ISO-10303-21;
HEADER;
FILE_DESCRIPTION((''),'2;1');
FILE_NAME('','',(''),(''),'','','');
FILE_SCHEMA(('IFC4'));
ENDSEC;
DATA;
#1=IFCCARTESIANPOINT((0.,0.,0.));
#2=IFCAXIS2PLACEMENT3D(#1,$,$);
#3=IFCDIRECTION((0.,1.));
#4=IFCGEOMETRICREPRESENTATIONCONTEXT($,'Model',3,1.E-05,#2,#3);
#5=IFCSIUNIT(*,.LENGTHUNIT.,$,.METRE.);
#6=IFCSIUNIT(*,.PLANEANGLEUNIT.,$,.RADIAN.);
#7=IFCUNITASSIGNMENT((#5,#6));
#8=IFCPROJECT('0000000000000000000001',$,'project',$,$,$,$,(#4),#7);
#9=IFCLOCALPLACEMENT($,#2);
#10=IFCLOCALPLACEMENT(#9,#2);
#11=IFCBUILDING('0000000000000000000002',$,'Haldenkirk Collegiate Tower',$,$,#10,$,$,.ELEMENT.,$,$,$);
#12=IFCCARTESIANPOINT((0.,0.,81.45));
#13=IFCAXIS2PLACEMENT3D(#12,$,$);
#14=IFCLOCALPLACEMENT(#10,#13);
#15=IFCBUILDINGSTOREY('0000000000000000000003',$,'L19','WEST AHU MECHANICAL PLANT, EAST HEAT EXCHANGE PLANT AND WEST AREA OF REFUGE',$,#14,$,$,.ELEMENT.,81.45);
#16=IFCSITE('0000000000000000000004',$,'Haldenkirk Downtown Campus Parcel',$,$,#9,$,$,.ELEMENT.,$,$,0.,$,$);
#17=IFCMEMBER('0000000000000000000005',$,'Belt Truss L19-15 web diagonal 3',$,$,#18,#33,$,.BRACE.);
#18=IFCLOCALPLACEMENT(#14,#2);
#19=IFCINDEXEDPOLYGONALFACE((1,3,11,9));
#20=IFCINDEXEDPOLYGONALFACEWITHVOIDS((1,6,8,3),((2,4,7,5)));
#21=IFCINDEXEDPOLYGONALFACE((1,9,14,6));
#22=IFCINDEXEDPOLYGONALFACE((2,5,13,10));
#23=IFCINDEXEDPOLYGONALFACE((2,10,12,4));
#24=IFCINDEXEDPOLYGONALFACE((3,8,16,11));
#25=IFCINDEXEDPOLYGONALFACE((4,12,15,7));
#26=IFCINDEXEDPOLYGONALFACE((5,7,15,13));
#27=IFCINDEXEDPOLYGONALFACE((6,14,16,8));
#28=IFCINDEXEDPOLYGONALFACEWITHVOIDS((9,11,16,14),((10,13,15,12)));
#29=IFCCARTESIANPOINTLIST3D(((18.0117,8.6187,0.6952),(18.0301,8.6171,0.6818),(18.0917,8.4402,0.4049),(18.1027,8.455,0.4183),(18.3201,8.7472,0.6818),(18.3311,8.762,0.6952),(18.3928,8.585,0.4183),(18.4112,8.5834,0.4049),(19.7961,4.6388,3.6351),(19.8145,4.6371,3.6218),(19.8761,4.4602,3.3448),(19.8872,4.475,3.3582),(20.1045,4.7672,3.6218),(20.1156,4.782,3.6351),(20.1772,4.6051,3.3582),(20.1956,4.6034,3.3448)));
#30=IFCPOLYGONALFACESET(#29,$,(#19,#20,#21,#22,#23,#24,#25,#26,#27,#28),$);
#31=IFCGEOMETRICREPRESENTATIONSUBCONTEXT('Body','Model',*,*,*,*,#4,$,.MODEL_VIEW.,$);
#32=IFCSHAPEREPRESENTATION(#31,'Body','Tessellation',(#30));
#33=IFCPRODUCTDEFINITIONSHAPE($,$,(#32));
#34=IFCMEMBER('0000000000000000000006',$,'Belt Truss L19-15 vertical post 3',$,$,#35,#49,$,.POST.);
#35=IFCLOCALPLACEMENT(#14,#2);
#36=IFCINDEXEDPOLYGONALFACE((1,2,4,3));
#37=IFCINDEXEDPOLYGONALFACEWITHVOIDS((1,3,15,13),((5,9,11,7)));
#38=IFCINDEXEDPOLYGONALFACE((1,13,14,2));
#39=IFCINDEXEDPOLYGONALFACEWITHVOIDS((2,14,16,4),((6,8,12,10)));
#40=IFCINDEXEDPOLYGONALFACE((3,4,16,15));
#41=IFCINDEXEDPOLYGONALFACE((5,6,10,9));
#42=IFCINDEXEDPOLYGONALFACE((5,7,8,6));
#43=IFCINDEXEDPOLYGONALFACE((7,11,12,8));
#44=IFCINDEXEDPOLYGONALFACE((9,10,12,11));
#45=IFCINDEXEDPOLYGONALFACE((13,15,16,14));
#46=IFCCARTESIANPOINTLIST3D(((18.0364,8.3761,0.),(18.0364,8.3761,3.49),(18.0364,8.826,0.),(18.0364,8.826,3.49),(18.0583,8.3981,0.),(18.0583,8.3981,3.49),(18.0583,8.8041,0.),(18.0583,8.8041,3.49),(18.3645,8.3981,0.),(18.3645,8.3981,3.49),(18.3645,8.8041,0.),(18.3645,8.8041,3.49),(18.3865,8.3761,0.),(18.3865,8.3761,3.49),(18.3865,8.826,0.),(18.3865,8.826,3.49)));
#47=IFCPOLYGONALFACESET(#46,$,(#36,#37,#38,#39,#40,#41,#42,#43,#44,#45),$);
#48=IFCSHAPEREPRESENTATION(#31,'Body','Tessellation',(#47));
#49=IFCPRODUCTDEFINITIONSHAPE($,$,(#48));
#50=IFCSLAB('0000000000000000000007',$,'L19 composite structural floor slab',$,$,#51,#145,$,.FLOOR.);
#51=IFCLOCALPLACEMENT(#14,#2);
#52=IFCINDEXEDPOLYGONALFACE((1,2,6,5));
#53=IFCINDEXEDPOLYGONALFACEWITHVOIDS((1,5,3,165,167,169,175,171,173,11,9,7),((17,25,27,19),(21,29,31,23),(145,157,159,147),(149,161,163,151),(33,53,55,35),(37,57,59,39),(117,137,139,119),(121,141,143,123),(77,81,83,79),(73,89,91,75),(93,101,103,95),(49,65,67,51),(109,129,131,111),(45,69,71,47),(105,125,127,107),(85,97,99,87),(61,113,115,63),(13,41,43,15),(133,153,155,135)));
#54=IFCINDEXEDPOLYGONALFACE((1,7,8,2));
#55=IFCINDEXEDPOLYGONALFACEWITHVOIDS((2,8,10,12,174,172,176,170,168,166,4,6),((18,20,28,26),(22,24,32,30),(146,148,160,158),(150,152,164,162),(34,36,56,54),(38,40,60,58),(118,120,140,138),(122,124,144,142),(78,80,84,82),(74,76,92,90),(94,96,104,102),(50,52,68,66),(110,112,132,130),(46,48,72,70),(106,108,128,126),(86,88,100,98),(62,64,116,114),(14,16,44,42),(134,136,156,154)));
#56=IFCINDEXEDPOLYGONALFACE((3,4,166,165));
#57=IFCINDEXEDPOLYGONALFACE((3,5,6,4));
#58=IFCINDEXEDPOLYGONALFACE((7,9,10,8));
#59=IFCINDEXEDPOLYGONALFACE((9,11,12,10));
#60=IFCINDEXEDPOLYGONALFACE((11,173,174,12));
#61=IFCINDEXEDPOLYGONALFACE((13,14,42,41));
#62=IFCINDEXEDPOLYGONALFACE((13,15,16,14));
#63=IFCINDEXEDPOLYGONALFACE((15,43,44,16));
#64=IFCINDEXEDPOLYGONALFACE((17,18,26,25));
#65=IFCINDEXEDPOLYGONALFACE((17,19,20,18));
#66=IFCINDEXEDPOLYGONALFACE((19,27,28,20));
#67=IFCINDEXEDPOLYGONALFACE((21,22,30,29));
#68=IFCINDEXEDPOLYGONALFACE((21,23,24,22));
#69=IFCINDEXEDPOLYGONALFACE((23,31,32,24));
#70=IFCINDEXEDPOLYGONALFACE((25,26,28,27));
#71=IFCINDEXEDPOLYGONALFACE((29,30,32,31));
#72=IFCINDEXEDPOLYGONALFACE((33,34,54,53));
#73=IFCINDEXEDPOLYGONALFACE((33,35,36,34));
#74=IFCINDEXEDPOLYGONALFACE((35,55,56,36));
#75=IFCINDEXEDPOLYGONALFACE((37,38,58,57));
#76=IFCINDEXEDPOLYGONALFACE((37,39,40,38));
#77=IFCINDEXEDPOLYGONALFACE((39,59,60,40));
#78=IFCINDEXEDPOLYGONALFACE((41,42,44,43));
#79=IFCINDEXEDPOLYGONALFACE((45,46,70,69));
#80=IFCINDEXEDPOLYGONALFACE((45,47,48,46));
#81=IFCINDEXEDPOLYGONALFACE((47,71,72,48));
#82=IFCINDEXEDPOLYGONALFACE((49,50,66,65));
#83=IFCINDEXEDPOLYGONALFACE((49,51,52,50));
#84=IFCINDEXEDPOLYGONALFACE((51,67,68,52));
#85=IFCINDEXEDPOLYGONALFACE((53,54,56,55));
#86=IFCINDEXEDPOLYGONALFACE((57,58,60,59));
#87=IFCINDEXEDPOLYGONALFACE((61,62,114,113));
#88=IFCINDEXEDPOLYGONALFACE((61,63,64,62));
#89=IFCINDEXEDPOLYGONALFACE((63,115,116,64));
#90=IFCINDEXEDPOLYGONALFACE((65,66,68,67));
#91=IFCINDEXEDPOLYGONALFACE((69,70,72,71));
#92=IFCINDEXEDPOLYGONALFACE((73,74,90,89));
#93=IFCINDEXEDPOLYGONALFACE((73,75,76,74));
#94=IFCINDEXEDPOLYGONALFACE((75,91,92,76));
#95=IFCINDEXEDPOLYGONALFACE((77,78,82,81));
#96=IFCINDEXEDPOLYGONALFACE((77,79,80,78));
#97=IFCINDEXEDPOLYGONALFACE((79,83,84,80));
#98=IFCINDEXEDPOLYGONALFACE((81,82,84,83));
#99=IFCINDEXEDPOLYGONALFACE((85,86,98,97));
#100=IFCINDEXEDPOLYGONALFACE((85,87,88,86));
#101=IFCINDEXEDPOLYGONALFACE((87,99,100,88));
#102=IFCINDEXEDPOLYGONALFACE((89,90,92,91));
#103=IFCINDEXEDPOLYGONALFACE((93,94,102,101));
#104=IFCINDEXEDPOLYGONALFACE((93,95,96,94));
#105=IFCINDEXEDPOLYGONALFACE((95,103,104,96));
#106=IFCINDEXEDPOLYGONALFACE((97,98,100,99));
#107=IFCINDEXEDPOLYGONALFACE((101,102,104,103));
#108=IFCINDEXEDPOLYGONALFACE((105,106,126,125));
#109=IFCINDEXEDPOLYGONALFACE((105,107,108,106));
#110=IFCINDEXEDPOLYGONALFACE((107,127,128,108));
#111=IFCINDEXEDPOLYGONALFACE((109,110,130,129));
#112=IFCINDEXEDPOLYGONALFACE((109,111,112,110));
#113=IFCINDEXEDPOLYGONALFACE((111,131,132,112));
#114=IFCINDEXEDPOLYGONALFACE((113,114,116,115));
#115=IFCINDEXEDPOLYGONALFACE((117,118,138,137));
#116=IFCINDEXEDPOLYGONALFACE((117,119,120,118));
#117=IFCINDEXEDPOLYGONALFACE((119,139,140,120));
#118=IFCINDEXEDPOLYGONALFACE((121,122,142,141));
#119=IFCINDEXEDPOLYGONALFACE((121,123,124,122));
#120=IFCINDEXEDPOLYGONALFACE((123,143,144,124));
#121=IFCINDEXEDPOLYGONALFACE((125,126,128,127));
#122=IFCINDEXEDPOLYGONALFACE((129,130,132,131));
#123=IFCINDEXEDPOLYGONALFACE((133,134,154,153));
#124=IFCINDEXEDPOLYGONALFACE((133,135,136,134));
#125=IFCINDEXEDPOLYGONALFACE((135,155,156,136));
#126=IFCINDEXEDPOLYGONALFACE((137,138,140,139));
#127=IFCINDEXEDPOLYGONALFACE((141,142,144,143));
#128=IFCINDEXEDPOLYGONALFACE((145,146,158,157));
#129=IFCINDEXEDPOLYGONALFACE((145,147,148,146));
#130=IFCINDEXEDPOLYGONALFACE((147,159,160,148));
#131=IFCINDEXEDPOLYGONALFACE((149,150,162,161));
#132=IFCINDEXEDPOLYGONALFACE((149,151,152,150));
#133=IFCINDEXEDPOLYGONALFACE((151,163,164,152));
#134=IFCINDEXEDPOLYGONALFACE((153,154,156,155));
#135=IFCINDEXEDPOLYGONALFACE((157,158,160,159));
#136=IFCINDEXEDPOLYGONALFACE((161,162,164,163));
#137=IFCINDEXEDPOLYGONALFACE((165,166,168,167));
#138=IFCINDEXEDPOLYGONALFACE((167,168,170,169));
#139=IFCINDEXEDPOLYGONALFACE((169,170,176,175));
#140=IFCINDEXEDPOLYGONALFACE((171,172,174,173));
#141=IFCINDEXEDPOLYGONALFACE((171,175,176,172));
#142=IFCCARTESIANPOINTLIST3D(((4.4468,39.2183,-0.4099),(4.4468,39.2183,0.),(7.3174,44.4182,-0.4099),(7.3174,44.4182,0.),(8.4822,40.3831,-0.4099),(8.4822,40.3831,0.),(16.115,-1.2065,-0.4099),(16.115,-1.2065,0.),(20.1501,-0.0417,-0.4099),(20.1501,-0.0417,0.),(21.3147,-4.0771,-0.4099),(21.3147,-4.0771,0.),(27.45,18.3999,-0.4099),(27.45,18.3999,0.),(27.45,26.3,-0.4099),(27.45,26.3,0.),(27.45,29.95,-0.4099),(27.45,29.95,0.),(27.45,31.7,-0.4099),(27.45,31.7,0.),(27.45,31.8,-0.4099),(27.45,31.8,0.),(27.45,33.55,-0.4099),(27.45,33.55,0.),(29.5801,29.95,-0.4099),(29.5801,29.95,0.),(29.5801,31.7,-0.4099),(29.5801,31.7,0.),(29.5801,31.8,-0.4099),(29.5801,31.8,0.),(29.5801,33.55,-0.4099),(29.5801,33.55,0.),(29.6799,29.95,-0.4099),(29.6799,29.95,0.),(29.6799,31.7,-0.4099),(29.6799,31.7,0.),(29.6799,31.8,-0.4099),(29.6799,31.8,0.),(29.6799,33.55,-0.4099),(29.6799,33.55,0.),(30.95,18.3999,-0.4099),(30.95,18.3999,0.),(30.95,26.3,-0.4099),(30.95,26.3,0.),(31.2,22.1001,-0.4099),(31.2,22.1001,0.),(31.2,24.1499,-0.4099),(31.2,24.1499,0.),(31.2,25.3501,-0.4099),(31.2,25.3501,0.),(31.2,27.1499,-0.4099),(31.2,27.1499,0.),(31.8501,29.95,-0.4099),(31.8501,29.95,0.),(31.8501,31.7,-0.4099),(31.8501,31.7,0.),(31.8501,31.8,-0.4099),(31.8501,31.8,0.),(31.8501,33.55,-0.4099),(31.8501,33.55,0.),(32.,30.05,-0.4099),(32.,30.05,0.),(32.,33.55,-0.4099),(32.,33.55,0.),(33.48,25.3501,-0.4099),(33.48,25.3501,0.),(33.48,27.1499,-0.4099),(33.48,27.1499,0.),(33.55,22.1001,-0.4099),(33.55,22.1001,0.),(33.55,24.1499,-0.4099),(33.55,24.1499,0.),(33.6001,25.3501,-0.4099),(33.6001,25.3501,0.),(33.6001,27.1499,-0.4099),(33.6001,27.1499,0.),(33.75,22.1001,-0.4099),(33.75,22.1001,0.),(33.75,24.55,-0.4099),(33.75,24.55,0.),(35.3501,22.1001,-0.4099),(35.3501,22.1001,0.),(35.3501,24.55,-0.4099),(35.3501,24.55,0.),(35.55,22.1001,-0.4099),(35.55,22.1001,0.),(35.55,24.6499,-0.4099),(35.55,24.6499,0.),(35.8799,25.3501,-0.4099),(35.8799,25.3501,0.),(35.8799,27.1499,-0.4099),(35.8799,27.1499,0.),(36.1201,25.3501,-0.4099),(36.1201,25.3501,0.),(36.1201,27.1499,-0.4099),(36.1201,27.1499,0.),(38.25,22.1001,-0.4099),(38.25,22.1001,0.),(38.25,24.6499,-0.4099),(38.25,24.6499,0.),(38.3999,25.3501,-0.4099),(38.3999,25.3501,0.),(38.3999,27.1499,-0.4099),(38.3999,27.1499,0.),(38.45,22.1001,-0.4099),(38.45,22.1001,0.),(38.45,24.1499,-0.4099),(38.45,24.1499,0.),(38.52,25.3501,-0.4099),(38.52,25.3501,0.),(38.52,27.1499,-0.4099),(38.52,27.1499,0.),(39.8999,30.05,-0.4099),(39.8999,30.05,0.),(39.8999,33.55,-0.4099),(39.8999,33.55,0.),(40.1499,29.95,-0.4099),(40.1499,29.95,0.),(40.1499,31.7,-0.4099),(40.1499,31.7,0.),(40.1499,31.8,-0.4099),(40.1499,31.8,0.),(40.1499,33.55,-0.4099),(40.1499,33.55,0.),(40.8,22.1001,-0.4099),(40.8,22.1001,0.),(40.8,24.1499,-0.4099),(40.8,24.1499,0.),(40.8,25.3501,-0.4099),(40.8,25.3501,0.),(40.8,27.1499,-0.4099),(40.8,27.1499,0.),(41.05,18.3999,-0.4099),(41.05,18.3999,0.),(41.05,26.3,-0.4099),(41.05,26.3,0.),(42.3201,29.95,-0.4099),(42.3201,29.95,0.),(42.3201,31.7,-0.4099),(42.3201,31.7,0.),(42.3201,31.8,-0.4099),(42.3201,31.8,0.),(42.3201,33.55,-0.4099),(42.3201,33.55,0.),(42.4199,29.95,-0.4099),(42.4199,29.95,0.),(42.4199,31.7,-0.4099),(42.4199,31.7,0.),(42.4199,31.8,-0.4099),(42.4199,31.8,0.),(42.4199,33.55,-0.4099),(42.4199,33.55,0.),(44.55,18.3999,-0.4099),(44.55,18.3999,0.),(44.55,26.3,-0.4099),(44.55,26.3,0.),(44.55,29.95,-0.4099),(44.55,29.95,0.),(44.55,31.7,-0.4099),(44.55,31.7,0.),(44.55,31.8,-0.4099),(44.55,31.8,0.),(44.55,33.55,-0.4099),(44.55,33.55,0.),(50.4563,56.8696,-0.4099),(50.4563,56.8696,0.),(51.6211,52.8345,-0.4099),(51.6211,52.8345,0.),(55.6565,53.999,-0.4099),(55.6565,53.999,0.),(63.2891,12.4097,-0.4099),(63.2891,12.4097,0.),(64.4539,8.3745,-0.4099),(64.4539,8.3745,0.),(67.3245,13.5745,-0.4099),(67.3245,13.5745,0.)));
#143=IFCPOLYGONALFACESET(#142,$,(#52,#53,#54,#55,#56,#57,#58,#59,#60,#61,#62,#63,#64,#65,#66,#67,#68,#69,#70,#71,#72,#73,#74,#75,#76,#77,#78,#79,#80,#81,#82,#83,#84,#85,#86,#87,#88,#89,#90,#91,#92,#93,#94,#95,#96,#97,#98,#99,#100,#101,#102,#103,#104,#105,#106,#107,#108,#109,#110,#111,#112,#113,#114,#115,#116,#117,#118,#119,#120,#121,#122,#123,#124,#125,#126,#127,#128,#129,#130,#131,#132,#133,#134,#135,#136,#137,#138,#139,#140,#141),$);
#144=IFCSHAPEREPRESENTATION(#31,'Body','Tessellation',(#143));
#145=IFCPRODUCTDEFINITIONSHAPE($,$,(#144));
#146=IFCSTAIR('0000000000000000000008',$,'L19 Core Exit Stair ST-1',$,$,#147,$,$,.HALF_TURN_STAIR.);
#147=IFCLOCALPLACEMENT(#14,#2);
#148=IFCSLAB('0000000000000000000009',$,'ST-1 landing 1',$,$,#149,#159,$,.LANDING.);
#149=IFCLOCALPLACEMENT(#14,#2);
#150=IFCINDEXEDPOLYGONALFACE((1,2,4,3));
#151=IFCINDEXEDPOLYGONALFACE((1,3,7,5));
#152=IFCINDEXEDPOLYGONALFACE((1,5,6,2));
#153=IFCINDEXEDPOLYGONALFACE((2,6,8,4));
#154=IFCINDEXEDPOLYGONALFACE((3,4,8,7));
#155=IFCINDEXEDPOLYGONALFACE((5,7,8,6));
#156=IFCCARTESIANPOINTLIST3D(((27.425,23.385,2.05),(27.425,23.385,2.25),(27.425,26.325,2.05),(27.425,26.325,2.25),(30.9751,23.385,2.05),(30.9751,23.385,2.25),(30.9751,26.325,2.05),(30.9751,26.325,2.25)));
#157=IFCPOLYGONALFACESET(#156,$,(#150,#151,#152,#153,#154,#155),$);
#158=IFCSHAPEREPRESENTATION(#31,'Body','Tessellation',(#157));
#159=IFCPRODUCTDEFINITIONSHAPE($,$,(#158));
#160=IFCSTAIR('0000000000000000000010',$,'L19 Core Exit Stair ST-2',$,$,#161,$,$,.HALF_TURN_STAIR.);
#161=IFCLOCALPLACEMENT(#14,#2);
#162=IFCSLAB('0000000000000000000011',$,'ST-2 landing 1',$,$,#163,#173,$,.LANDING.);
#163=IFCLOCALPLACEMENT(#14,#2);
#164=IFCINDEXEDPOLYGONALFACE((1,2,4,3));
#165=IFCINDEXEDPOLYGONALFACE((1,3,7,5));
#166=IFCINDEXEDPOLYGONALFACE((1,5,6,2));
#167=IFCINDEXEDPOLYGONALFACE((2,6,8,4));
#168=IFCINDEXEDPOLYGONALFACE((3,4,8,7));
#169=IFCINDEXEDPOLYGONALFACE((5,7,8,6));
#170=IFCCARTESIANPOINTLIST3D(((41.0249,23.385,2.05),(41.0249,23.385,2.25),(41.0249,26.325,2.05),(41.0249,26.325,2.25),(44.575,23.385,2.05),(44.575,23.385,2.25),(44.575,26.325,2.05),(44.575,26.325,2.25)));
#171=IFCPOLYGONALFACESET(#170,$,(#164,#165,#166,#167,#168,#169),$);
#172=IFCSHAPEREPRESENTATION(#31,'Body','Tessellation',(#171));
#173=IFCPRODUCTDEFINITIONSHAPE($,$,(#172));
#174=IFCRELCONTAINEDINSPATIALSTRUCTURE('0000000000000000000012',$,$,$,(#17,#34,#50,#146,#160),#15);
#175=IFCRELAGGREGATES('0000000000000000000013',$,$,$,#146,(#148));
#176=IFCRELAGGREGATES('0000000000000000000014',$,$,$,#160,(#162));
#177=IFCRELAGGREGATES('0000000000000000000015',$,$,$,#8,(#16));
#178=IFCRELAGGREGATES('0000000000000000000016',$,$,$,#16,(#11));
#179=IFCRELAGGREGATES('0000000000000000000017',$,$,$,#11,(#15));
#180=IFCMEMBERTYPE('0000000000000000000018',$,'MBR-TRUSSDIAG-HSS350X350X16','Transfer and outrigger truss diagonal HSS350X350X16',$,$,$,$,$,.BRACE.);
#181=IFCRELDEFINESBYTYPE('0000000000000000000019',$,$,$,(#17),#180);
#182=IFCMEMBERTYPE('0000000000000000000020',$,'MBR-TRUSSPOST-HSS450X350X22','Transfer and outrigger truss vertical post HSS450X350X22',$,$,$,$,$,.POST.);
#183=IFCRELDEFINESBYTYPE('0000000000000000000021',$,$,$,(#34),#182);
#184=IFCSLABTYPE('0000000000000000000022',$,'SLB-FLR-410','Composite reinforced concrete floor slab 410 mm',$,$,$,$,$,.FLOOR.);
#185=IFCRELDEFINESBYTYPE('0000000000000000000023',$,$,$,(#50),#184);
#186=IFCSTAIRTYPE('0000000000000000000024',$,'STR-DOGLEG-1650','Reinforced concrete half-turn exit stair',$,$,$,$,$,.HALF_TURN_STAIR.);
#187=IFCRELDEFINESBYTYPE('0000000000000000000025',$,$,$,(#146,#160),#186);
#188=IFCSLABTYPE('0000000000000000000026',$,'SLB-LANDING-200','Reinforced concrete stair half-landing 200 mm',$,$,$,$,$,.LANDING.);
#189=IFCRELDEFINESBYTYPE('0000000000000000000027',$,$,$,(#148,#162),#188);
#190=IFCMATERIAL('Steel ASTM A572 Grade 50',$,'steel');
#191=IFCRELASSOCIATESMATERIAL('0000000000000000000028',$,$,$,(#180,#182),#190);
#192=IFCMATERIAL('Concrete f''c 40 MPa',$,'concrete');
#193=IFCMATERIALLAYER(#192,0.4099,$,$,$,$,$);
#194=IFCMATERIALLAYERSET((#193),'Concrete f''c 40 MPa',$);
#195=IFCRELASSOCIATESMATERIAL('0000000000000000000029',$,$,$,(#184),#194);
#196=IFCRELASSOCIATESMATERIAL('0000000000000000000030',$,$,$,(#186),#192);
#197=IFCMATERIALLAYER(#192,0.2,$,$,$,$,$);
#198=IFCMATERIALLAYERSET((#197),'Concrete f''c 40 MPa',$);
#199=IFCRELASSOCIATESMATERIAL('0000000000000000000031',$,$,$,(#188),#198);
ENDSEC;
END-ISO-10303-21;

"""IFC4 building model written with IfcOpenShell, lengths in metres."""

from ifc_helpers import new_model, si_unit, direction, frame, origin, origin_2d, place, context, subcontext, project, spatial, polyline, hollow_rectangle, outline, extrude, material, layer, layer_set, material_profile, profile_set, type_object, element, aggregate, save


model = new_model("IFC4")

# Units and contexts
model_context = context("Model", 3, precision=1e-05, world=origin(), true_north=direction((0.0, 1.0)))
body_context = subcontext(model_context, "Body", "Model", "MODEL_VIEW")
ifc_project = project(units=[si_unit("LENGTHUNIT", "METRE"), si_unit("PLANEANGLEUNIT", "RADIAN")], contexts=[model_context])

# Site, building, storey
site_placement = place(None, origin())
site = spatial("IfcSite", under=ifc_project, at=site_placement, Name="Haldenkirk Downtown Campus Parcel", CompositionType="ELEMENT", RefElevation=0.0)
building_placement = place(site_placement, origin())
building = spatial("IfcBuilding", under=site, at=building_placement, Name="Haldenkirk Collegiate Tower", CompositionType="ELEMENT")
storey_placement = place(building_placement, frame((0.0, 0.0, 81.45)))
storey = spatial("IfcBuildingStorey", under=building, at=storey_placement, Name="L19", Description="WEST AHU MECHANICAL PLANT, EAST HEAT EXCHANGE PLANT AND WEST AREA OF REFUGE", CompositionType="ELEMENT", Elevation=81.45)

# Shared definitions
ifc_material_1 = material(Name="Steel ASTM A572 Grade 50", Category="steel")

# Members
ifc_material_profile_1 = material_profile(ifc_material_1, hollow_rectangle(XDim=0.3501, YDim=0.3501, WallThickness=0.0161, at=origin_2d()), Name="HSS350X350X16")
ifc_profile_set_1 = profile_set([ifc_material_profile_1], Name="Steel ASTM A572 Grade 50")
member_type_1 = type_object("IfcMemberType", Name="MBR-TRUSSDIAG-HSS350X350X16", Description="Transfer and outrigger truss diagonal HSS350X350X16", PredefinedType="BRACE", material=ifc_profile_set_1)
member_1_placement = place(storey_placement, frame((18.2114, 8.6011, 0.55), z_axis=(0.339244, -0.756649, 0.558924), x_axis=(0.912484, 0.409112, 0.0)))
element("IfcMember", 1, at=member_1_placement, inside=storey, type_object=member_type_1, Name="Belt Truss L19-15 web diagonal 3", PredefinedType="BRACE", context=body_context, shape_type="SweptSolid", body=[
    extrude(hollow_rectangle(XDim=0.3501, YDim=0.3501, WallThickness=0.0161, at=origin_2d()), origin(), (0.0, 0.0, 1.0), 5.26),
])
ifc_material_profile_2 = material_profile(ifc_material_1, hollow_rectangle(XDim=0.3501, YDim=0.45, WallThickness=0.022, at=origin_2d()), Name="HSS450X350X22")
ifc_profile_set_2 = profile_set([ifc_material_profile_2], Name="Steel ASTM A572 Grade 50")
member_type_2 = type_object("IfcMemberType", Name="MBR-TRUSSPOST-HSS450X350X22", Description="Transfer and outrigger truss vertical post HSS450X350X22", PredefinedType="POST", material=ifc_profile_set_2)
member_2_placement = place(storey_placement, frame((18.2114, 8.6011, 0.0), z_axis=(0.0, 0.0, 1.0), x_axis=(1.0, 0.0, 0.0)))
element("IfcMember", 2, at=member_2_placement, inside=storey, type_object=member_type_2, Name="Belt Truss L19-15 vertical post 3", PredefinedType="POST", context=body_context, shape_type="SweptSolid", body=[
    extrude(hollow_rectangle(XDim=0.3501, YDim=0.45, WallThickness=0.022, at=origin_2d()), origin(), (0.0, 0.0, 1.0), 3.49),
])

# Slab
ifc_material_2 = material(Name="Concrete f'c 40 MPa", Category="concrete")
ifc_layer_1 = layer(ifc_material_2, 0.4099)
ifc_layer_set_1 = layer_set([ifc_layer_1], Name="Concrete f'c 40 MPa")
slab_type_1 = type_object("IfcSlabType", Name="SLB-FLR-410", Description="Composite reinforced concrete floor slab 410 mm", PredefinedType="FLOOR", material=ifc_layer_set_1)
slab_1_placement = place(storey_placement, frame((0.0, 0.0, -0.4099)))
element("IfcSlab", 3, at=slab_1_placement, inside=storey, type_object=slab_type_1, Name="L19 composite structural floor slab", PredefinedType="FLOOR", context=body_context, shape_type="SweptSolid", body=[
    extrude(outline(polyline([(21.3147, -4.0771), (64.4539, 8.3745), (63.2891, 12.4097), (67.3245, 13.5745), (55.6565, 53.999), (51.6211, 52.8345), (50.4563, 56.8696), (7.3174, 44.4182), (8.4822, 40.3831), (4.4468, 39.2183), (16.115, -1.2065), (20.1501, -0.0417), (21.3147, -4.0771)]), holes=[polyline([(27.45, 18.3999), (30.95, 18.3999), (30.95, 26.3), (27.45, 26.3), (27.45, 18.3999)]), polyline([(41.05, 18.3999), (44.55, 18.3999), (44.55, 26.3), (41.05, 26.3), (41.05, 18.3999)]), polyline([(32.0, 30.05), (39.8999, 30.05), (39.8999, 33.55), (32.0, 33.55), (32.0, 30.05)]), polyline([(33.75, 22.1001), (35.3501, 22.1001), (35.3501, 24.55), (33.75, 24.55), (33.75, 22.1001)]), polyline([(27.45, 29.95), (29.5801, 29.95), (29.5801, 31.7), (27.45, 31.7), (27.45, 29.95)]), polyline([(29.6799, 29.95), (31.8501, 29.95), (31.8501, 31.7), (29.6799, 31.7), (29.6799, 29.95)]), polyline([(27.45, 31.8), (29.5801, 31.8), (29.5801, 33.55), (27.45, 33.55), (27.45, 31.8)]), polyline([(29.6799, 31.8), (31.8501, 31.8), (31.8501, 33.55), (29.6799, 33.55), (29.6799, 31.8)]), polyline([(40.1499, 29.95), (42.3201, 29.95), (42.3201, 31.7), (40.1499, 31.7), (40.1499, 29.95)]), polyline([(42.4199, 29.95), (44.55, 29.95), (44.55, 31.7), (42.4199, 31.7), (42.4199, 29.95)]), polyline([(40.1499, 31.8), (42.3201, 31.8), (42.3201, 33.55), (40.1499, 33.55), (40.1499, 31.8)]), polyline([(42.4199, 31.8), (44.55, 31.8), (44.55, 33.55), (42.4199, 33.55), (42.4199, 31.8)]), polyline([(31.2, 25.3501), (33.48, 25.3501), (33.48, 27.1499), (31.2, 27.1499), (31.2, 25.3501)]), polyline([(33.6001, 25.3501), (35.8799, 25.3501), (35.8799, 27.1499), (33.6001, 27.1499), (33.6001, 25.3501)]), polyline([(36.1201, 25.3501), (38.3999, 25.3501), (38.3999, 27.1499), (36.1201, 27.1499), (36.1201, 25.3501)]), polyline([(38.52, 25.3501), (40.8, 25.3501), (40.8, 27.1499), (38.52, 27.1499), (38.52, 25.3501)]), polyline([(31.2, 22.1001), (33.55, 22.1001), (33.55, 24.1499), (31.2, 24.1499), (31.2, 22.1001)]), polyline([(38.45, 22.1001), (40.8, 22.1001), (40.8, 24.1499), (38.45, 24.1499), (38.45, 22.1001)]), polyline([(35.55, 22.1001), (38.25, 22.1001), (38.25, 24.6499), (35.55, 24.6499), (35.55, 22.1001)])]), origin(), (0.0, 0.0, 1.0), 0.4099),
])

# Stairs, slabs
stair_type = type_object("IfcStairType", Name="STR-DOGLEG-1650", Description="Reinforced concrete half-turn exit stair", PredefinedType="HALF_TURN_STAIR", material=ifc_material_2)
stair_1_placement = place(storey_placement, origin())
stair_1 = element("IfcStair", 4, at=stair_1_placement, inside=storey, type_object=stair_type, Name="L19 Core Exit Stair ST-1", PredefinedType="HALF_TURN_STAIR")
ifc_layer_2 = layer(ifc_material_2, 0.2)
ifc_layer_set_2 = layer_set([ifc_layer_2], Name="Concrete f'c 40 MPa")
slab_type_2 = type_object("IfcSlabType", Name="SLB-LANDING-200", Description="Reinforced concrete stair half-landing 200 mm", PredefinedType="LANDING", material=ifc_layer_set_2)
slab_2_placement = place(storey_placement, frame((0.0, 0.0, 2.05)))
slab_2 = element("IfcSlab", 5, at=slab_2_placement, type_object=slab_type_2, Name="ST-1 landing 1", PredefinedType="LANDING", context=body_context, shape_type="SweptSolid", body=[
    extrude(outline(polyline([(30.9751, 23.385), (27.425, 23.385), (27.425, 26.325), (30.9751, 26.325), (30.9751, 23.385)])), origin(), (0.0, 0.0, 1.0), 0.2),
])
aggregate(stair_1, [slab_2])
stair_2_placement = place(storey_placement, origin())
stair_2 = element("IfcStair", 6, at=stair_2_placement, inside=storey, type_object=stair_type, Name="L19 Core Exit Stair ST-2", PredefinedType="HALF_TURN_STAIR")
slab_3_placement = place(storey_placement, frame((0.0, 0.0, 2.05)))
slab_3 = element("IfcSlab", 7, at=slab_3_placement, type_object=slab_type_2, Name="ST-2 landing 1", PredefinedType="LANDING", context=body_context, shape_type="SweptSolid", body=[
    extrude(outline(polyline([(44.575, 23.385), (41.0249, 23.385), (41.0249, 26.325), (44.575, 26.325), (44.575, 23.385)])), origin(), (0.0, 0.0, 1.0), 0.2),
])
aggregate(stair_2, [slab_3])

save(model, "model.ifc")
